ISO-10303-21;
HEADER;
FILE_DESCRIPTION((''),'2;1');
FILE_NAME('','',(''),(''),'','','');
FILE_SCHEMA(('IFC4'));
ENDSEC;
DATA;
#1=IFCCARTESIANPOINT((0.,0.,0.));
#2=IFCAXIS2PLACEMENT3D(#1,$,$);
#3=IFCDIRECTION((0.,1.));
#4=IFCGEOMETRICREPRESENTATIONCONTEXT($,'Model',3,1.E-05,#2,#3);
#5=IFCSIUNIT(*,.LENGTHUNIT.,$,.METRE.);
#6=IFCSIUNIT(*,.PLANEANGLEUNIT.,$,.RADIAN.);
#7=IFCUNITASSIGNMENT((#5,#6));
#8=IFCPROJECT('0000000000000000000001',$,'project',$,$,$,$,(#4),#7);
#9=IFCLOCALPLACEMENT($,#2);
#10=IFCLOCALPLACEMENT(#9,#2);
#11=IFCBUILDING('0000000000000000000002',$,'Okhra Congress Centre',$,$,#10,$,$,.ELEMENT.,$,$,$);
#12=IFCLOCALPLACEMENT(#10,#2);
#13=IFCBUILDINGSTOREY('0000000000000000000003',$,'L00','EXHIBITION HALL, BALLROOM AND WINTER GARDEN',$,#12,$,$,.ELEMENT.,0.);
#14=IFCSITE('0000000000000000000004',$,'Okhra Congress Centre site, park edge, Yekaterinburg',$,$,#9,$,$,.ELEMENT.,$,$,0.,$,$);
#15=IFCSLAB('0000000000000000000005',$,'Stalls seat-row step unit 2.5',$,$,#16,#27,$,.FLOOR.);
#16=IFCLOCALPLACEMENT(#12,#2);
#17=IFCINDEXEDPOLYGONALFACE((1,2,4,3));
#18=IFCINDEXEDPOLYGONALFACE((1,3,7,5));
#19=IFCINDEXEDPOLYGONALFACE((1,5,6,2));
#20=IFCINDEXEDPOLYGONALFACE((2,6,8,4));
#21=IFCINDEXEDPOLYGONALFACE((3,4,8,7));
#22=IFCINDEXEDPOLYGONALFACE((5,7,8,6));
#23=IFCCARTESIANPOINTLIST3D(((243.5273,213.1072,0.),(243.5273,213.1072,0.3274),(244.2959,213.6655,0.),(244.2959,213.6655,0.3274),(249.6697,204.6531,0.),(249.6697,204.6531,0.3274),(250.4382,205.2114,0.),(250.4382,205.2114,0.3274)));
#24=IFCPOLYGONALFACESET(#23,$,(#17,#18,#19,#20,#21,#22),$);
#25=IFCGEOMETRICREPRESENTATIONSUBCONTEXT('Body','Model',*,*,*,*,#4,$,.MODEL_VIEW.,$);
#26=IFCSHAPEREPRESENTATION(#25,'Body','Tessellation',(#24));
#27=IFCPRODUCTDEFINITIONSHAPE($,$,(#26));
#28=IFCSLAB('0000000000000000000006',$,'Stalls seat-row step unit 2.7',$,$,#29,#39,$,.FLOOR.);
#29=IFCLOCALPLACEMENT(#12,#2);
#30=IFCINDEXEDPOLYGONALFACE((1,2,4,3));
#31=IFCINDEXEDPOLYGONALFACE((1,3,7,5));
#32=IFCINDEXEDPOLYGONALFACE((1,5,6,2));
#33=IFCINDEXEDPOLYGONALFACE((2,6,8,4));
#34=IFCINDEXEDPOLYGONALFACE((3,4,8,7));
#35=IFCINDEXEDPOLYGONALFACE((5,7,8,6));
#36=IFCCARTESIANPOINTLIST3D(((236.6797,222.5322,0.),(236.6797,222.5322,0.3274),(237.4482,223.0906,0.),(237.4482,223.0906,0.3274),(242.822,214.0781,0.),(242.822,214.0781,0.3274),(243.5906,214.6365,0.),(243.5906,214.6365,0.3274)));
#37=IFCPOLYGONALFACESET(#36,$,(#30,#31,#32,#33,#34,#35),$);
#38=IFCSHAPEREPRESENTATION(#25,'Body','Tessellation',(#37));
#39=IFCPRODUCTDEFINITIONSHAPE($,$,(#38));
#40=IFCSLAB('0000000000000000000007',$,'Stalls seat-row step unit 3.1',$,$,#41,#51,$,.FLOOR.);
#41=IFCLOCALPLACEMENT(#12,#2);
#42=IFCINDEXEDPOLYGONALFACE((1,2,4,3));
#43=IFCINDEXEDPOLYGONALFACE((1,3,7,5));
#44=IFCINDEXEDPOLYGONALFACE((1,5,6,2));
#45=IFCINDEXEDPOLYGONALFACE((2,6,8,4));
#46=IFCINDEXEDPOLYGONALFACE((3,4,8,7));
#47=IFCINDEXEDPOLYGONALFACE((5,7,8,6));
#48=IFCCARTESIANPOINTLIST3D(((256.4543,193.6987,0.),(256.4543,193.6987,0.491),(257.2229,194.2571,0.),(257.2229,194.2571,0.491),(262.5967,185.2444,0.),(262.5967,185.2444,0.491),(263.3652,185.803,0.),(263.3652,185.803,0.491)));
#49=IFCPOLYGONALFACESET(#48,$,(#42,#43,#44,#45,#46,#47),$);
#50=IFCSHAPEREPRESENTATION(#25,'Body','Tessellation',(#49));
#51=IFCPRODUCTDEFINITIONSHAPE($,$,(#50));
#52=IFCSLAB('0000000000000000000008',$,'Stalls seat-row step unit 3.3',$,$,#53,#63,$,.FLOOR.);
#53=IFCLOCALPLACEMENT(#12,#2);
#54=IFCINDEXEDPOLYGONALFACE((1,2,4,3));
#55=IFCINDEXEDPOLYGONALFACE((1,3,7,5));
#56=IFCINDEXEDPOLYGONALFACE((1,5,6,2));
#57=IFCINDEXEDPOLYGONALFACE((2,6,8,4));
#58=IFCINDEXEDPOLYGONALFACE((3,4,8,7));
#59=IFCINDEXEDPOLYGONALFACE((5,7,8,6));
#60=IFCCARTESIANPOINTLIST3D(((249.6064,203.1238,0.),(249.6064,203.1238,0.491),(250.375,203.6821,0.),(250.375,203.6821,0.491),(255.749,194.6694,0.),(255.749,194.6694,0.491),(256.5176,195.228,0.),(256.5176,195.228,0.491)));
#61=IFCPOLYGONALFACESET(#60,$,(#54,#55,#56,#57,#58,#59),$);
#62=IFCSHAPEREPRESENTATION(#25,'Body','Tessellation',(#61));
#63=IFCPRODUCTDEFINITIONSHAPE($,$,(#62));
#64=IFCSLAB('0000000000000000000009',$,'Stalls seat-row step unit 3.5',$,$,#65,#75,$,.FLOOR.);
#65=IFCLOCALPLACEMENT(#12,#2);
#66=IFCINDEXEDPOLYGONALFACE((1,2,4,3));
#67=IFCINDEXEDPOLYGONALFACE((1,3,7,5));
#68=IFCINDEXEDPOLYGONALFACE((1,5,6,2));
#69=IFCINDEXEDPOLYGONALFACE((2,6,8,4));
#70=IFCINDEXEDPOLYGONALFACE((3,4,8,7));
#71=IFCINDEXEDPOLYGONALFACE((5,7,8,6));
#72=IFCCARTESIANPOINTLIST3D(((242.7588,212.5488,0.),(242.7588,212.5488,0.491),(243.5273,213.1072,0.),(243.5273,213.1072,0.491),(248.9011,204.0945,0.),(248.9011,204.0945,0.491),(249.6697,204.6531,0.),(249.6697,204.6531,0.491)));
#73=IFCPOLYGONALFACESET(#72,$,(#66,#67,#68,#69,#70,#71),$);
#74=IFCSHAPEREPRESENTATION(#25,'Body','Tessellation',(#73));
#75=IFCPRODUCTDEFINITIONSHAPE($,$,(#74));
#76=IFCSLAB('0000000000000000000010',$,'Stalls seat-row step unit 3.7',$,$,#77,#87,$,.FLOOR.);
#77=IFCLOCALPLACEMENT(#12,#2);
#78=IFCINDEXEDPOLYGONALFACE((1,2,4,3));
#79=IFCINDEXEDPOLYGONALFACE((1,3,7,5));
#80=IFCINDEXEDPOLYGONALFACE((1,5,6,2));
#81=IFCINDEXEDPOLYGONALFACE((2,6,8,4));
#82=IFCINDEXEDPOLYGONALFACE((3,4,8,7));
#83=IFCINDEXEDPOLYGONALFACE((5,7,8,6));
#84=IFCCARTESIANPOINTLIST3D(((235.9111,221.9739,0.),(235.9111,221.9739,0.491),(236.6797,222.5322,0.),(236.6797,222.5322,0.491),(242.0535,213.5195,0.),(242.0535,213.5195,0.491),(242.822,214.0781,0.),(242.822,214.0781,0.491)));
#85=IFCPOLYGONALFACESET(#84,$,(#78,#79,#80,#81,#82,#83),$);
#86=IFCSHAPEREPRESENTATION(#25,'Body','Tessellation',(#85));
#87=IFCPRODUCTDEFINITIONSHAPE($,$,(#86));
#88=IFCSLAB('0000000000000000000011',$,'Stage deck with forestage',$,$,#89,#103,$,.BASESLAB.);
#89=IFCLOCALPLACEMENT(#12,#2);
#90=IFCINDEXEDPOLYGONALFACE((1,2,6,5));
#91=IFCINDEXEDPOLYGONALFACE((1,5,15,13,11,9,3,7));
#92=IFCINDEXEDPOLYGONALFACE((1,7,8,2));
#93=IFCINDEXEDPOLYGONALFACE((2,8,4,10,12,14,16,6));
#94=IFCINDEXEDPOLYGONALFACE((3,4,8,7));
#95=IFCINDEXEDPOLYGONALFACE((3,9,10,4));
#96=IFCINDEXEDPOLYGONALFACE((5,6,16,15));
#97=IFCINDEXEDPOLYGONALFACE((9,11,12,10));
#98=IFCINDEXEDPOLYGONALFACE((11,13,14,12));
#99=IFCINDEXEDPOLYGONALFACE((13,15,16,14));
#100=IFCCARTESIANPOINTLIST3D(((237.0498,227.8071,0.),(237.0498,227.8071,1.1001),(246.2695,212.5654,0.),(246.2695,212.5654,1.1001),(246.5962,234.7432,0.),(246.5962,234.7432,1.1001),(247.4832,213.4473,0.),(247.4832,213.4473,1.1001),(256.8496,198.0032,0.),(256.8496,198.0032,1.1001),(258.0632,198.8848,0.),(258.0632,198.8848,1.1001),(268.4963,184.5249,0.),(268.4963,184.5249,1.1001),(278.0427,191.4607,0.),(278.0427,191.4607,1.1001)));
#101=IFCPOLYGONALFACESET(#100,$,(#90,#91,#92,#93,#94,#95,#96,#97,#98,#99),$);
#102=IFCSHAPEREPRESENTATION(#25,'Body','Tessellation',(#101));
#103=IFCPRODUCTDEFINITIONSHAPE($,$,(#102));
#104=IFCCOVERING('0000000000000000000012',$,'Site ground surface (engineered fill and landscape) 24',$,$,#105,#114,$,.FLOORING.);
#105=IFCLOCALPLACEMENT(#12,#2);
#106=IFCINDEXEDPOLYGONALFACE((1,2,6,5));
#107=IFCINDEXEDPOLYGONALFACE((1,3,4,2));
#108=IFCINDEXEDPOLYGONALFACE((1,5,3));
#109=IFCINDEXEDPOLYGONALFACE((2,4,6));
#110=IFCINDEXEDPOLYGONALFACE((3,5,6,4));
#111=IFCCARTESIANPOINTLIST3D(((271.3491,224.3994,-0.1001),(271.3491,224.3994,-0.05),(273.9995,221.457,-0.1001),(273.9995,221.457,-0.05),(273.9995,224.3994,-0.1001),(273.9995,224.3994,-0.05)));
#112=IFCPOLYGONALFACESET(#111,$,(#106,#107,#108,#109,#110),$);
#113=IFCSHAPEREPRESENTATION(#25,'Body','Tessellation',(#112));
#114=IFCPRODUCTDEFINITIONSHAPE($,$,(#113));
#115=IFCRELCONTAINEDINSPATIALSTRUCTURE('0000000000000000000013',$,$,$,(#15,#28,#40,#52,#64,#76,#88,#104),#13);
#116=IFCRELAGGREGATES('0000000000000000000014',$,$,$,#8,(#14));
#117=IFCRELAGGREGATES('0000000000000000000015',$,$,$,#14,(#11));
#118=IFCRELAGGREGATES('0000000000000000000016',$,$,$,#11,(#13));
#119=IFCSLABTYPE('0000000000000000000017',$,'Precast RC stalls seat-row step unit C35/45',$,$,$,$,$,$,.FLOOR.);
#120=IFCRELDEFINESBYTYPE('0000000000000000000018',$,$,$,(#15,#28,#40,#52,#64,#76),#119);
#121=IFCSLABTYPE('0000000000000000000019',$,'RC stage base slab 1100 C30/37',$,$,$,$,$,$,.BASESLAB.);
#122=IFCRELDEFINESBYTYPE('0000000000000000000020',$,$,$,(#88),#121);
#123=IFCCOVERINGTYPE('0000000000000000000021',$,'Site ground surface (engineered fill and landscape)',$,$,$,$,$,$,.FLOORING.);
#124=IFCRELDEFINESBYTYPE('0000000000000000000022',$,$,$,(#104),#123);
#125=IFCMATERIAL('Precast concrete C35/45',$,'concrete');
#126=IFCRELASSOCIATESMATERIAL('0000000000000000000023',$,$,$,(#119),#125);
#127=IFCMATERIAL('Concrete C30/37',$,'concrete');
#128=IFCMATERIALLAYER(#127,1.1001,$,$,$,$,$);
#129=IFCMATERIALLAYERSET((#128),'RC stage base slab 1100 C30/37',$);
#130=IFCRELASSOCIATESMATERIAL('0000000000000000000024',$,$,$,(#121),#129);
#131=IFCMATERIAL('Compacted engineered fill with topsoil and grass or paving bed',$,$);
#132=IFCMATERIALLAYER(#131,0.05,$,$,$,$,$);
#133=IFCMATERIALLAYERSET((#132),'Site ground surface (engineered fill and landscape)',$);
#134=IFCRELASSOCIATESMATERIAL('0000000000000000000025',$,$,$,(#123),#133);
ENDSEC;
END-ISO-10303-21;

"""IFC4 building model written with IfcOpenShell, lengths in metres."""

from ifc_helpers import new_model, si_unit, direction, frame, origin, place, context, subcontext, project, spatial, polyline, outline, extrude, material, layer, layer_set, type_object, element, save


model = new_model("IFC4")

# Units and contexts
model_context = context("Model", 3, precision=1e-05, world=origin(), true_north=direction((0.0, 1.0)))
body_context = subcontext(model_context, "Body", "Model", "MODEL_VIEW")
ifc_project = project(units=[si_unit("LENGTHUNIT", "METRE"), si_unit("PLANEANGLEUNIT", "RADIAN")], contexts=[model_context])

# Site, building, storey
site_placement = place(None, origin())
site = spatial("IfcSite", under=ifc_project, at=site_placement, Name="Okhra Congress Centre site, park edge, Yekaterinburg", CompositionType="ELEMENT", RefElevation=0.0)
building_placement = place(site_placement, origin())
building = spatial("IfcBuilding", under=site, at=building_placement, Name="Okhra Congress Centre", CompositionType="ELEMENT")
storey_placement = place(building_placement, origin())
storey = spatial("IfcBuildingStorey", under=building, at=storey_placement, Name="L00", Description="EXHIBITION HALL, BALLROOM AND WINTER GARDEN", CompositionType="ELEMENT", Elevation=0.0)

# Slabs
ifc_material_1 = material(Name="Precast concrete C35/45", Category="concrete")
slab_type_1 = type_object("IfcSlabType", Name="Precast RC stalls seat-row step unit C35/45", PredefinedType="FLOOR", material=ifc_material_1)
slab_1_placement = place(storey_placement, origin())
element("IfcSlab", 1, at=slab_1_placement, inside=storey, type_object=slab_type_1, Name="Stalls seat-row step unit 2.5", PredefinedType="FLOOR", context=body_context, shape_type="SweptSolid", body=[
    extrude(outline(polyline([(249.6697, 204.6531), (250.4382, 205.2114), (244.2959, 213.6655), (243.5273, 213.1072), (249.6697, 204.6531)])), origin(), (0.0, 0.0, 1.0), 0.3274),
])
slab_2_placement = place(storey_placement, origin())
element("IfcSlab", 2, at=slab_2_placement, inside=storey, type_object=slab_type_1, Name="Stalls seat-row step unit 2.7", PredefinedType="FLOOR", context=body_context, shape_type="SweptSolid", body=[
    extrude(outline(polyline([(242.822, 214.0781), (243.5906, 214.6365), (237.4482, 223.0906), (236.6797, 222.5322), (242.822, 214.0781)])), origin(), (0.0, 0.0, 1.0), 0.3274),
])
slab_3_placement = place(storey_placement, origin())
element("IfcSlab", 3, at=slab_3_placement, inside=storey, type_object=slab_type_1, Name="Stalls seat-row step unit 3.1", PredefinedType="FLOOR", context=body_context, shape_type="SweptSolid", body=[
    extrude(outline(polyline([(262.5967, 185.2444), (263.3652, 185.803), (257.2229, 194.2571), (256.4543, 193.6987), (262.5967, 185.2444)])), origin(), (0.0, 0.0, 1.0), 0.491),
])
slab_4_placement = place(storey_placement, origin())
element("IfcSlab", 4, at=slab_4_placement, inside=storey, type_object=slab_type_1, Name="Stalls seat-row step unit 3.3", PredefinedType="FLOOR", context=body_context, shape_type="SweptSolid", body=[
    extrude(outline(polyline([(255.749, 194.6694), (256.5176, 195.228), (250.375, 203.6821), (249.6064, 203.1238), (255.749, 194.6694)])), origin(), (0.0, 0.0, 1.0), 0.491),
])
slab_5_placement = place(storey_placement, origin())
element("IfcSlab", 5, at=slab_5_placement, inside=storey, type_object=slab_type_1, Name="Stalls seat-row step unit 3.5", PredefinedType="FLOOR", context=body_context, shape_type="SweptSolid", body=[
    extrude(outline(polyline([(248.9011, 204.0945), (249.6697, 204.6531), (243.5273, 213.1072), (242.7588, 212.5488), (248.9011, 204.0945)])), origin(), (0.0, 0.0, 1.0), 0.491),
])
slab_6_placement = place(storey_placement, origin())
element("IfcSlab", 6, at=slab_6_placement, inside=storey, type_object=slab_type_1, Name="Stalls seat-row step unit 3.7", PredefinedType="FLOOR", context=body_context, shape_type="SweptSolid", body=[
    extrude(outline(polyline([(242.0535, 213.5195), (242.822, 214.0781), (236.6797, 222.5322), (235.9111, 221.9739), (242.0535, 213.5195)])), origin(), (0.0, 0.0, 1.0), 0.491),
])
ifc_material_2 = material(Name="Concrete C30/37", Category="concrete")
ifc_layer_1 = layer(ifc_material_2, 1.1001)
ifc_layer_set_1 = layer_set([ifc_layer_1], Name="RC stage base slab 1100 C30/37")
slab_type_2 = type_object("IfcSlabType", Name="RC stage base slab 1100 C30/37", PredefinedType="BASESLAB", material=ifc_layer_set_1)
slab_7_placement = place(storey_placement, origin())
element("IfcSlab", 7, at=slab_7_placement, inside=storey, type_object=slab_type_2, Name="Stage deck with forestage", PredefinedType="BASESLAB", context=body_context, shape_type="SweptSolid", body=[
    extrude(outline(polyline([(268.4963, 184.5249), (278.0427, 191.4607), (246.5962, 234.7432), (237.0498, 227.8071), (247.4832, 213.4473), (246.2695, 212.5654), (256.8496, 198.0032), (258.0632, 198.8848), (268.4963, 184.5249)])), origin(), (0.0, 0.0, 1.0), 1.1001),
])

# Covering
ifc_material_3 = material(Name="Compacted engineered fill with topsoil and grass or paving bed")
ifc_layer_2 = layer(ifc_material_3, 0.05)
ifc_layer_set_2 = layer_set([ifc_layer_2], Name="Site ground surface (engineered fill and landscape)")
covering_type = type_object("IfcCoveringType", Name="Site ground surface (engineered fill and landscape)", PredefinedType="FLOORING", material=ifc_layer_set_2)
covering_placement = place(storey_placement, frame((0.0, 0.0, -0.1001)))
element("IfcCovering", 8, at=covering_placement, inside=storey, type_object=covering_type, Name="Site ground surface (engineered fill and landscape) 24", PredefinedType="FLOORING", context=body_context, shape_type="SweptSolid", body=[
    extrude(outline(polyline([(273.9995, 224.3994), (271.3491, 224.3994), (273.9995, 221.457), (273.9995, 224.3994)])), origin(), (0.0, 0.0, 1.0), 0.05),
])

save(model, "model.ifc")
